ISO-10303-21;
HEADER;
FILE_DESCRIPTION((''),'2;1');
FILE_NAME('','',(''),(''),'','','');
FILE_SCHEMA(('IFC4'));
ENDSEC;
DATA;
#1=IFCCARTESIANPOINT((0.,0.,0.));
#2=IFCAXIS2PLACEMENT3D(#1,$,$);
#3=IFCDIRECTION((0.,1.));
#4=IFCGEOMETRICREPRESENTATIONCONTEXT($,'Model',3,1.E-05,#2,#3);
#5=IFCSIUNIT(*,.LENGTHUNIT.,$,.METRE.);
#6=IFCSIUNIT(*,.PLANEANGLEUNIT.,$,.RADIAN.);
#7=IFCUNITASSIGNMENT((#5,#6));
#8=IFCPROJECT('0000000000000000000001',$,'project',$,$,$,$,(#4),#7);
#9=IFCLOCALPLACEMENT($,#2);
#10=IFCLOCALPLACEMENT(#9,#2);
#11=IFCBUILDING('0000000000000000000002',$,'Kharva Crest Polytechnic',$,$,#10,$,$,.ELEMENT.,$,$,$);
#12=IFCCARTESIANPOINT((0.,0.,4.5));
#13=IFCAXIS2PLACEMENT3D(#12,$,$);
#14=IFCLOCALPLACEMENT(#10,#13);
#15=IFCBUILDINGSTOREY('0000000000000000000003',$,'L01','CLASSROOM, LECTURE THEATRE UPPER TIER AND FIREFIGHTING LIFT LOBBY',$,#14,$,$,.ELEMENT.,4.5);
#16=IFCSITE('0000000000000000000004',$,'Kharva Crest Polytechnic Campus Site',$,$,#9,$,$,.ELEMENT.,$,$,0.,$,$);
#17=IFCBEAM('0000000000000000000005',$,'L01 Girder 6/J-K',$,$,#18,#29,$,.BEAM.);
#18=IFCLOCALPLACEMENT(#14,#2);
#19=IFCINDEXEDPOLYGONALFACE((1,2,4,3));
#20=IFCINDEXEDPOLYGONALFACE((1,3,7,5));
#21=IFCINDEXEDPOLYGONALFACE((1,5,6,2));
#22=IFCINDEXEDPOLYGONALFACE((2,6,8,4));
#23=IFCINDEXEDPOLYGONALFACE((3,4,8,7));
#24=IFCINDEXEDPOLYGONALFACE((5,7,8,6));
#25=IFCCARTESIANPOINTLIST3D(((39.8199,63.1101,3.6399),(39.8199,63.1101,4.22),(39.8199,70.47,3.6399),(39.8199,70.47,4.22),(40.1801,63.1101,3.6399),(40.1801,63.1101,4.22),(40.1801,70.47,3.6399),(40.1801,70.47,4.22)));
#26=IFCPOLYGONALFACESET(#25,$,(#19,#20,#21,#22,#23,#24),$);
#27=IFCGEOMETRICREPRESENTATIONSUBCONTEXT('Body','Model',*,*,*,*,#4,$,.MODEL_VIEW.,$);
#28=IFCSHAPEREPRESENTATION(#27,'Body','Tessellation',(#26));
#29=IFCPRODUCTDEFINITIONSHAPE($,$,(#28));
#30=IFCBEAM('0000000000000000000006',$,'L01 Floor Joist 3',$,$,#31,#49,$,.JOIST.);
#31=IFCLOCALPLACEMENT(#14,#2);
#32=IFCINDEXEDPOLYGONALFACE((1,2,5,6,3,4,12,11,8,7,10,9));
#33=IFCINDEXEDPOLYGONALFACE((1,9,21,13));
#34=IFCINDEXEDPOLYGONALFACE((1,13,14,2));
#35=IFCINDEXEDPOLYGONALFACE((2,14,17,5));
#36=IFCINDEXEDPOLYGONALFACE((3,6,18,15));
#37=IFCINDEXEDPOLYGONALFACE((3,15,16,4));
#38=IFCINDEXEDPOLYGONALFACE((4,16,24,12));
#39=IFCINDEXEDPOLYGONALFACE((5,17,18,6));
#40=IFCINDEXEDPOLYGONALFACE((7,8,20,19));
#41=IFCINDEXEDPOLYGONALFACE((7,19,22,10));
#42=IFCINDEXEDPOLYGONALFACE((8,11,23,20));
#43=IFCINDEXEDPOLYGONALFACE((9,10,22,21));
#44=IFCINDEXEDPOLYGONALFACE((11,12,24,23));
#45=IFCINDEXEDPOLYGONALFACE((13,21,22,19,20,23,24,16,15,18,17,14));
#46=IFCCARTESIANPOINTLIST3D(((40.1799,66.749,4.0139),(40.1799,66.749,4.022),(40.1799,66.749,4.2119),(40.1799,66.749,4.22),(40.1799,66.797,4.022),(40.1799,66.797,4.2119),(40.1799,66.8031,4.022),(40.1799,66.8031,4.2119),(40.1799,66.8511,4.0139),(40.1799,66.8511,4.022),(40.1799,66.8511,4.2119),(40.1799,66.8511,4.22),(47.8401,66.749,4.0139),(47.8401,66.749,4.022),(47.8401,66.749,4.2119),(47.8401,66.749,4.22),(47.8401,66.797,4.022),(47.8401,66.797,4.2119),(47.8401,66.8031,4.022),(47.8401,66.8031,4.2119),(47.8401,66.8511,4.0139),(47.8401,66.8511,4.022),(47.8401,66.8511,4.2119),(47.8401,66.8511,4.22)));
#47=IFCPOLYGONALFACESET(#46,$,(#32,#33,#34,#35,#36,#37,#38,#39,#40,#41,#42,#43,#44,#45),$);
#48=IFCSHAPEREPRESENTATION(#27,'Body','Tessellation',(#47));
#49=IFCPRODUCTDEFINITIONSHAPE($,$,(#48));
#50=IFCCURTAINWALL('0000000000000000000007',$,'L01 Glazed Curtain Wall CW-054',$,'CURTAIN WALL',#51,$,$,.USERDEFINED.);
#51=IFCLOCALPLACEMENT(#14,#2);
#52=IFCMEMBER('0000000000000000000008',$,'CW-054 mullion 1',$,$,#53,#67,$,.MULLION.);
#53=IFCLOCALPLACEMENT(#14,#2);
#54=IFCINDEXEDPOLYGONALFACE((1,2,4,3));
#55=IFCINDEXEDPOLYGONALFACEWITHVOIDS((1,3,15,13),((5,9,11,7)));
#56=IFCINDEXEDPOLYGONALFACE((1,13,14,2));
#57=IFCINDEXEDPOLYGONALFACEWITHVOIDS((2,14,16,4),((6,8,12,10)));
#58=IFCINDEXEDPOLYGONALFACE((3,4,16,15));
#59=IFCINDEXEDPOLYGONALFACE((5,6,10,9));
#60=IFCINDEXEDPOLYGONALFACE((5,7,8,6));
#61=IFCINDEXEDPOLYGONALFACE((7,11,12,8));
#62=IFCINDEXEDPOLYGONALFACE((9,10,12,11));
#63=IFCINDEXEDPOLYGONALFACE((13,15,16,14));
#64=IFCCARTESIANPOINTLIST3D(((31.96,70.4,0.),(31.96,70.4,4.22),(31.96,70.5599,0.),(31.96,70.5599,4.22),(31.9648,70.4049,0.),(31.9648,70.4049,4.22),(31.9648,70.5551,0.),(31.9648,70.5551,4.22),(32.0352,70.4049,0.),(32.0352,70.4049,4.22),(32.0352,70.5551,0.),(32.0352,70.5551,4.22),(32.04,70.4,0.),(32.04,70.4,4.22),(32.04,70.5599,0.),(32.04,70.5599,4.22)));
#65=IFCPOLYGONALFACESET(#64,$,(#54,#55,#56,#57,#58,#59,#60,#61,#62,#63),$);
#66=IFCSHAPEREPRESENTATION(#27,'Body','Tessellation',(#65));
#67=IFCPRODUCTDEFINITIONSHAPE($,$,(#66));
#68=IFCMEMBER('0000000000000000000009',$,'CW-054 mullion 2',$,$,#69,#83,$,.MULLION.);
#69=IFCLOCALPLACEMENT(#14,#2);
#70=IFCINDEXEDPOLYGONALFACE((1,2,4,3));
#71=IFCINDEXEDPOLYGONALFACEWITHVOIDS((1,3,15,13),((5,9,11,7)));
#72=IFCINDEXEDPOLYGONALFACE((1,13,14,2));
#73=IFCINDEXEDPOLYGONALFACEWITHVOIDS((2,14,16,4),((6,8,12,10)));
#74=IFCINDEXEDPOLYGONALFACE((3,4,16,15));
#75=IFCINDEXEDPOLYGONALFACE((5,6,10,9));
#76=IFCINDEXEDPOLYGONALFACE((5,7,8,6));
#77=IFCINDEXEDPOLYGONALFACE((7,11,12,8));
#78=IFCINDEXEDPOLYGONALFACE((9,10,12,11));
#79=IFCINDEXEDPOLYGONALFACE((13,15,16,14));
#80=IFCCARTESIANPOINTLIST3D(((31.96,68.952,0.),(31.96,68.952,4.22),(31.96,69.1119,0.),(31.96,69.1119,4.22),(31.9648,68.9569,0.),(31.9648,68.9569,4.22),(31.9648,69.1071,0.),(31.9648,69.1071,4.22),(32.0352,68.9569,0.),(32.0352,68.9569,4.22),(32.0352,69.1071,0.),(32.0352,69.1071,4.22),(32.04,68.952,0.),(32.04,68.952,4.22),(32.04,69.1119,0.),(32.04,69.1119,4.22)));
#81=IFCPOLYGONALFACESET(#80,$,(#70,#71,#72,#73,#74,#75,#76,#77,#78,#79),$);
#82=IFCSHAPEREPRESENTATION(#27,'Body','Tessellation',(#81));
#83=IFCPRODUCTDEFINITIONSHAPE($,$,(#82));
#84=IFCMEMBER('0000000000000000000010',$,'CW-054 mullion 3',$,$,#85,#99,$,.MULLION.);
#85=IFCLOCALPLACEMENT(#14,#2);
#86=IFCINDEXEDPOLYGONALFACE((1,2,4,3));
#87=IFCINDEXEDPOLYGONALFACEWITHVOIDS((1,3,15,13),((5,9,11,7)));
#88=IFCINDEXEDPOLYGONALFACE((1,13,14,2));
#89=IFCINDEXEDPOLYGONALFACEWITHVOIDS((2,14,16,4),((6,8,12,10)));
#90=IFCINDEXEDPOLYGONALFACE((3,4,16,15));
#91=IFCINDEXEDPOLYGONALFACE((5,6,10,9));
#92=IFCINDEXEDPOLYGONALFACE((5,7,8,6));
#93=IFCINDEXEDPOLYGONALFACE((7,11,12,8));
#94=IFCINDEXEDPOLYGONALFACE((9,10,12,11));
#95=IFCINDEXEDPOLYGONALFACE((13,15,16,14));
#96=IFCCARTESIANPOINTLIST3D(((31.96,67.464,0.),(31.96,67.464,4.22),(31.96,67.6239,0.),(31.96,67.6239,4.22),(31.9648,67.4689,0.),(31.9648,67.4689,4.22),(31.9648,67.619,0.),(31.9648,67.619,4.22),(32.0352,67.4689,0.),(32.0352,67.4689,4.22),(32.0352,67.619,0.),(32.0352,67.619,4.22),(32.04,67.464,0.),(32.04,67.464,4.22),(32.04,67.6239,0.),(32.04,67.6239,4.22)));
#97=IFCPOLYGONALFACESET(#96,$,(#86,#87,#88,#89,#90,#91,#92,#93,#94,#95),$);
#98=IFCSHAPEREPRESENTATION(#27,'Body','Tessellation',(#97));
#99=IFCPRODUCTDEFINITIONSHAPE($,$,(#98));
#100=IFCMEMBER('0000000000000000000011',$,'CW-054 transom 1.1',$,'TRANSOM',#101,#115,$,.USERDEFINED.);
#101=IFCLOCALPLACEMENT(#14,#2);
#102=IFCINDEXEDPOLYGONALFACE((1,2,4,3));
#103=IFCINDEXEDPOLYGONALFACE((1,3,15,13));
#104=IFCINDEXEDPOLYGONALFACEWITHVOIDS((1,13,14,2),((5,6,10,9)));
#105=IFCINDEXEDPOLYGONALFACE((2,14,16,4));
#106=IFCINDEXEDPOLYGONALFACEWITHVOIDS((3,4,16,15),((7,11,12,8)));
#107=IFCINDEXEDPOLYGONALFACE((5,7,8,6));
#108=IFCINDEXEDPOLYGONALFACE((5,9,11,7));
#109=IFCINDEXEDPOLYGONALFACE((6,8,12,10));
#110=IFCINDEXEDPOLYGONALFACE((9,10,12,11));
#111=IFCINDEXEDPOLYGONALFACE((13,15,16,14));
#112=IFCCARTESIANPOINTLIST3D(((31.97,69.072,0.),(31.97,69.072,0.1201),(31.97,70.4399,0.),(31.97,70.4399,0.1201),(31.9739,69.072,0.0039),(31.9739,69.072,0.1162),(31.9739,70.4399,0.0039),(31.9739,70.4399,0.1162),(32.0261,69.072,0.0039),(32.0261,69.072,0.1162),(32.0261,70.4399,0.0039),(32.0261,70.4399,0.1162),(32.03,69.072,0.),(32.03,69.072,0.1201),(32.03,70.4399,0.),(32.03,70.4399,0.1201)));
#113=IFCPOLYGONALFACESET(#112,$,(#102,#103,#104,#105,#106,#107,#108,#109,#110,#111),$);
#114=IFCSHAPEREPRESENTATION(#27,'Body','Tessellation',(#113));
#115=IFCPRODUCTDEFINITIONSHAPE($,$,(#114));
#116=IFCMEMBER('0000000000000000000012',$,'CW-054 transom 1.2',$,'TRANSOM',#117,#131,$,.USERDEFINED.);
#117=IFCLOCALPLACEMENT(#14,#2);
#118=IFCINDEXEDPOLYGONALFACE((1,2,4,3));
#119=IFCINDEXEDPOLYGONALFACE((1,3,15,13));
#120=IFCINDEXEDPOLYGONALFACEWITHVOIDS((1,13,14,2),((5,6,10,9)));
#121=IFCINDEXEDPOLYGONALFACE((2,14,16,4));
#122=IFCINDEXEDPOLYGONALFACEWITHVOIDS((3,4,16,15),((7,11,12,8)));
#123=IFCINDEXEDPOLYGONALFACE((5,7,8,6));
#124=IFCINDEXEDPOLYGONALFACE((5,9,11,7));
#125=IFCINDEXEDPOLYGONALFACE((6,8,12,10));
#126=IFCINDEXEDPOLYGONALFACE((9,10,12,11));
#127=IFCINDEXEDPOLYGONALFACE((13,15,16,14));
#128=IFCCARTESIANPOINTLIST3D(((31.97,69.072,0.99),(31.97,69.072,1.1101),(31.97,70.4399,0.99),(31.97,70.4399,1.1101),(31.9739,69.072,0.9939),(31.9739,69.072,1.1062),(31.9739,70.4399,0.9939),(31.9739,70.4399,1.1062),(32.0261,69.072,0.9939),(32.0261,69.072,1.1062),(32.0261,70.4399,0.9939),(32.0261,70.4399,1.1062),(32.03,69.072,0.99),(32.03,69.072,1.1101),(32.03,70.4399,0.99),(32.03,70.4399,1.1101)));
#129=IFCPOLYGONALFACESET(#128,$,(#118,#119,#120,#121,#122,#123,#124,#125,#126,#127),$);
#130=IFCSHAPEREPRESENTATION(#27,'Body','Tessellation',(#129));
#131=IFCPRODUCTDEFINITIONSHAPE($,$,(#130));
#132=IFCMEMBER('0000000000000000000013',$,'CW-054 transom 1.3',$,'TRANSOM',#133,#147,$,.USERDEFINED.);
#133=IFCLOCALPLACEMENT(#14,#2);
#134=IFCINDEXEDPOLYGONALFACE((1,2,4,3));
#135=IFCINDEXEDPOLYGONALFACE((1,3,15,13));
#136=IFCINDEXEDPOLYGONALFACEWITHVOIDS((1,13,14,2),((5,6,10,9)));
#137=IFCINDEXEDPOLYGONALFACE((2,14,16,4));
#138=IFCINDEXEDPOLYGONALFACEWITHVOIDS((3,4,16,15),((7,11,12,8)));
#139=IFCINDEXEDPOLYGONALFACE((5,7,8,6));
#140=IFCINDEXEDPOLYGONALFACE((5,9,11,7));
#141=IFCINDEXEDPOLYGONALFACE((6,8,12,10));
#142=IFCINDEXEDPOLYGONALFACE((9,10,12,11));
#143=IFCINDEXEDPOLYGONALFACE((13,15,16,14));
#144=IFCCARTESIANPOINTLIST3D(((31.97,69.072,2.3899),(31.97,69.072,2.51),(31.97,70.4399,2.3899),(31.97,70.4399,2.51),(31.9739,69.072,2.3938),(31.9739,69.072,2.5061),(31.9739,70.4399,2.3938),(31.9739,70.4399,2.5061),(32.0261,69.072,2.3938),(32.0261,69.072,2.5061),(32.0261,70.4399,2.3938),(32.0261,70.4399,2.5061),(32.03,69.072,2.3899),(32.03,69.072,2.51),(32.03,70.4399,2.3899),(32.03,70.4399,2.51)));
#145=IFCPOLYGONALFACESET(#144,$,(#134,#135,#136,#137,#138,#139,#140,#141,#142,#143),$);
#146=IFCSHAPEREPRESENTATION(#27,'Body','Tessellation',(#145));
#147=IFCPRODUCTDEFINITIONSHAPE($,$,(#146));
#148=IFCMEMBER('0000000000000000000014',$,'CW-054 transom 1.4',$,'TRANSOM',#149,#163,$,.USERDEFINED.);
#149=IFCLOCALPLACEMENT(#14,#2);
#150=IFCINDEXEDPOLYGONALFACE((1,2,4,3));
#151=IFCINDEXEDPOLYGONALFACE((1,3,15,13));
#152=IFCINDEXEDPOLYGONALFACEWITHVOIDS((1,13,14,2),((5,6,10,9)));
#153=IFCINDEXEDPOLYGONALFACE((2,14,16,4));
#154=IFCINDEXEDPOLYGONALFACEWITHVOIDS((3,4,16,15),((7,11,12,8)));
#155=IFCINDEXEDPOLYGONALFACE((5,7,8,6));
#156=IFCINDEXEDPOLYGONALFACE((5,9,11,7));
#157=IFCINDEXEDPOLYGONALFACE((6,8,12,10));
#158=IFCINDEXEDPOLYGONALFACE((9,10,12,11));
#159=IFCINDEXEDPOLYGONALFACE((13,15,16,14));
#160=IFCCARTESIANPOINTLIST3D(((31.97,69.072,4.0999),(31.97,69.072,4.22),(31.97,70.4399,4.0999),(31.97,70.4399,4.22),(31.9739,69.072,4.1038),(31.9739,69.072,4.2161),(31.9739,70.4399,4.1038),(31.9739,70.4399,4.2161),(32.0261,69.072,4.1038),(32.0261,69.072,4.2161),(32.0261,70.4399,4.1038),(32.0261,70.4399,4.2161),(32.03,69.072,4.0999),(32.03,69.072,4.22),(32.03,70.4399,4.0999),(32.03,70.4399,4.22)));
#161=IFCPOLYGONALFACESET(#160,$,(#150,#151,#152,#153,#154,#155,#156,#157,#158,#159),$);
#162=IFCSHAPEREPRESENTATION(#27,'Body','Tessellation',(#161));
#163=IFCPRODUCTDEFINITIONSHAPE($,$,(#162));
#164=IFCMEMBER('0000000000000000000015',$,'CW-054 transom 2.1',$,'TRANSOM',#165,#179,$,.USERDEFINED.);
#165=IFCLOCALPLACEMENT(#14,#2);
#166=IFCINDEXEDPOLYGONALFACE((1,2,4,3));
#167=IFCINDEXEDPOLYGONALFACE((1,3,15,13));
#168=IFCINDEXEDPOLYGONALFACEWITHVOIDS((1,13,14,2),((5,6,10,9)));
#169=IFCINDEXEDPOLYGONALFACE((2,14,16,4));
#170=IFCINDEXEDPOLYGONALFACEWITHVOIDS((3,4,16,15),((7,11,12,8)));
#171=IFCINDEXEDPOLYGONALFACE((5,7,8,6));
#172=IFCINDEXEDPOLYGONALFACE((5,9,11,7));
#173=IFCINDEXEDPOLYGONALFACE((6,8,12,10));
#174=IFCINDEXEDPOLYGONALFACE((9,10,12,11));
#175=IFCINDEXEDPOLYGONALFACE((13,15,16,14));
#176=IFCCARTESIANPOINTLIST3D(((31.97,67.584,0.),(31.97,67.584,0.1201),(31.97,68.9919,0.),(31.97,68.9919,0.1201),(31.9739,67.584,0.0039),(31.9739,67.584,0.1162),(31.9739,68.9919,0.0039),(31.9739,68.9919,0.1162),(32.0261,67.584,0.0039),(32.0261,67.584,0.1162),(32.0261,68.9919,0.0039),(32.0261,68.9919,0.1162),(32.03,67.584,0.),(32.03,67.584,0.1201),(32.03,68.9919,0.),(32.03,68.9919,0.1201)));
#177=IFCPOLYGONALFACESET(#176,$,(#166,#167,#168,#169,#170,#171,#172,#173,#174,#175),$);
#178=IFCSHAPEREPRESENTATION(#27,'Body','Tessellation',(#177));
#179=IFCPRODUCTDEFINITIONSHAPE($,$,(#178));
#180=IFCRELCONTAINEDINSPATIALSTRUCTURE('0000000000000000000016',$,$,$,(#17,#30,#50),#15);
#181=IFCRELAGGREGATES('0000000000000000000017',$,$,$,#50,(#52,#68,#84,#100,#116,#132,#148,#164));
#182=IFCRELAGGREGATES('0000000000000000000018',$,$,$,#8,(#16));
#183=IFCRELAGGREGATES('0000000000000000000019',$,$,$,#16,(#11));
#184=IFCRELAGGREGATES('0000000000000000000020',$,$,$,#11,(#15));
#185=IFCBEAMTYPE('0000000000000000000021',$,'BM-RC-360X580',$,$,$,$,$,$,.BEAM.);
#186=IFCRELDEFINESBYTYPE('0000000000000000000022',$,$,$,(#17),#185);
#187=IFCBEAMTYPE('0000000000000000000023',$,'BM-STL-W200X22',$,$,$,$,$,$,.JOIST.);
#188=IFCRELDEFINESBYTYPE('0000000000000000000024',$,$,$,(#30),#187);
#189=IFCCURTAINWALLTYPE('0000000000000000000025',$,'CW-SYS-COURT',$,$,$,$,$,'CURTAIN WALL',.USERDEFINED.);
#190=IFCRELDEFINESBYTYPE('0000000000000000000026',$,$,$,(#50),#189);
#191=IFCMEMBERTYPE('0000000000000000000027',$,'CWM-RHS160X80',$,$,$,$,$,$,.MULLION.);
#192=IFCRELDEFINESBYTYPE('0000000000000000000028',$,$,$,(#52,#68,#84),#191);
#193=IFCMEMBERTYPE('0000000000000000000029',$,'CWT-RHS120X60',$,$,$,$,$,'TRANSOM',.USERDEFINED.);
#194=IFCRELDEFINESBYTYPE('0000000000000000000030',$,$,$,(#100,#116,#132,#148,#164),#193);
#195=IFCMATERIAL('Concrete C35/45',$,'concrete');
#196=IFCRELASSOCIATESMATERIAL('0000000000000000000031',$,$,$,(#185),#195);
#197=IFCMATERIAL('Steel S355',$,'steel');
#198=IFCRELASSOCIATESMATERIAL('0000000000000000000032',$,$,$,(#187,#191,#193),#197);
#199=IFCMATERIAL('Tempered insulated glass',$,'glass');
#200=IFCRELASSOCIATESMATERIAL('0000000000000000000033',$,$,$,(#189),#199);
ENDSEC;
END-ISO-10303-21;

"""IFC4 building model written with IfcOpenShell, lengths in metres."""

from ifc_helpers import new_model, si_unit, direction, frame, origin, origin_2d, place, context, subcontext, project, spatial, rectangle, hollow_rectangle, i_section, extrude, material, material_profile, profile_set, type_object, element, aggregate, save


model = new_model("IFC4")

# Units and contexts
model_context = context("Model", 3, precision=1e-05, world=origin(), true_north=direction((0.0, 1.0)))
body_context = subcontext(model_context, "Body", "Model", "MODEL_VIEW")
ifc_project = project(units=[si_unit("LENGTHUNIT", "METRE"), si_unit("PLANEANGLEUNIT", "RADIAN")], contexts=[model_context])

# Site, building, storey
site_placement = place(None, origin())
site = spatial("IfcSite", under=ifc_project, at=site_placement, Name="Kharva Crest Polytechnic Campus Site", CompositionType="ELEMENT", RefElevation=0.0)
building_placement = place(site_placement, origin())
building = spatial("IfcBuilding", under=site, at=building_placement, Name="Kharva Crest Polytechnic", CompositionType="ELEMENT")
storey_placement = place(building_placement, frame((0.0, 0.0, 4.5)))
storey = spatial("IfcBuildingStorey", under=building, at=storey_placement, Name="L01", Description="CLASSROOM, LECTURE THEATRE UPPER TIER AND FIREFIGHTING LIFT LOBBY", CompositionType="ELEMENT", Elevation=4.5)

# Beams
ifc_material_1 = material(Name="Concrete C35/45", Category="concrete")
ifc_material_profile_1 = material_profile(ifc_material_1, rectangle(XDim=0.3601, YDim=0.5801, at=origin_2d()), Name="RECT 360 X 580")
ifc_profile_set_1 = profile_set([ifc_material_profile_1], Name="Concrete C35/45")
beam_type_1 = type_object("IfcBeamType", Name="BM-RC-360X580", PredefinedType="BEAM", material=ifc_profile_set_1)
beam_1_placement = place(storey_placement, frame((40.0, 63.1101, 3.9299), z_axis=(0.0, 1.0, 0.0), x_axis=(-1.0, 0.0, 0.0)))
element("IfcBeam", 1, at=beam_1_placement, inside=storey, type_object=beam_type_1, Name="L01 Girder 6/J-K", PredefinedType="BEAM", context=body_context, shape_type="SweptSolid", body=[
    extrude(rectangle(XDim=0.3601, YDim=0.5801, at=origin_2d()), origin(), (0.0, 0.0, 1.0), 7.3599),
])
ifc_material_2 = material(Name="Steel S355", Category="steel")
ifc_material_profile_2 = material_profile(ifc_material_2, i_section(OverallWidth=0.1021, OverallDepth=0.2061, WebThickness=0.0061, FlangeThickness=0.0081, at=origin_2d()), Name="W200X22.5")
ifc_profile_set_2 = profile_set([ifc_material_profile_2], Name="Steel S355")
beam_type_2 = type_object("IfcBeamType", Name="BM-STL-W200X22", PredefinedType="JOIST", material=ifc_profile_set_2)
beam_2_placement = place(storey_placement, frame((40.1799, 66.8, 4.1169), z_axis=(1.0, 0.0, 0.0), x_axis=(0.0, 1.0, 0.0)))
element("IfcBeam", 2, at=beam_2_placement, inside=storey, type_object=beam_type_2, Name="L01 Floor Joist 3", PredefinedType="JOIST", context=body_context, shape_type="SweptSolid", body=[
    extrude(i_section(OverallWidth=0.1021, OverallDepth=0.2061, WebThickness=0.0061, FlangeThickness=0.0081, at=origin_2d()), origin(), (0.0, 0.0, 1.0), 7.6602),
])

# Curtain wall, members
ifc_material_3 = material(Name="Tempered insulated glass", Category="glass")
curtain_wall_type = type_object("IfcCurtainWallType", Name="CW-SYS-COURT", ElementType="CURTAIN WALL", PredefinedType="USERDEFINED", material=ifc_material_3)
curtain_wall_placement = place(storey_placement, origin())
curtain_wall = element("IfcCurtainWall", 3, at=curtain_wall_placement, inside=storey, type_object=curtain_wall_type, Name="L01 Glazed Curtain Wall CW-054", ObjectType="CURTAIN WALL", PredefinedType="USERDEFINED")
ifc_material_profile_3 = material_profile(ifc_material_2, hollow_rectangle(XDim=0.0801, YDim=0.1599, WallThickness=0.0049, at=origin_2d()), Name="RHS 160X80X5.0")
ifc_profile_set_3 = profile_set([ifc_material_profile_3], Name="Steel S355")
member_type_1 = type_object("IfcMemberType", Name="CWM-RHS160X80", PredefinedType="MULLION", material=ifc_profile_set_3)
member_1_placement = place(storey_placement, frame((32.0, 70.48, 0.0), z_axis=(0.0, 0.0, 1.0), x_axis=(1.0, 0.0, 0.0)))
member_1 = element("IfcMember", 4, at=member_1_placement, type_object=member_type_1, Name="CW-054 mullion 1", PredefinedType="MULLION", context=body_context, shape_type="SweptSolid", body=[
    extrude(hollow_rectangle(XDim=0.0801, YDim=0.1599, WallThickness=0.0049, at=origin_2d()), origin(), (0.0, 0.0, 1.0), 4.22),
])
member_2_placement = place(storey_placement, frame((32.0, 69.032, 0.0), z_axis=(0.0, 0.0, 1.0), x_axis=(1.0, 0.0, 0.0)))
member_2 = element("IfcMember", 5, at=member_2_placement, type_object=member_type_1, Name="CW-054 mullion 2", PredefinedType="MULLION", context=body_context, shape_type="SweptSolid", body=[
    extrude(hollow_rectangle(XDim=0.0801, YDim=0.1599, WallThickness=0.0049, at=origin_2d()), origin(), (0.0, 0.0, 1.0), 4.22),
])
member_3_placement = place(storey_placement, frame((32.0, 67.5439, 0.0), z_axis=(0.0, 0.0, 1.0), x_axis=(1.0, 0.0, 0.0)))
member_3 = element("IfcMember", 6, at=member_3_placement, type_object=member_type_1, Name="CW-054 mullion 3", PredefinedType="MULLION", context=body_context, shape_type="SweptSolid", body=[
    extrude(hollow_rectangle(XDim=0.0801, YDim=0.1599, WallThickness=0.0049, at=origin_2d()), origin(), (0.0, 0.0, 1.0), 4.22),
])
ifc_material_profile_4 = material_profile(ifc_material_2, hollow_rectangle(XDim=0.0601, YDim=0.1201, WallThickness=0.0039, at=origin_2d()), Name="RHS 120X60X4.0")
ifc_profile_set_4 = profile_set([ifc_material_profile_4], Name="Steel S355")
member_type_2 = type_object("IfcMemberType", Name="CWT-RHS120X60", ElementType="TRANSOM", PredefinedType="USERDEFINED", material=ifc_profile_set_4)
member_4_placement = place(storey_placement, frame((32.0, 70.4399, 0.0601), z_axis=(0.0, -1.0, 0.0), x_axis=(1.0, 0.0, 0.0)))
member_4 = element("IfcMember", 7, at=member_4_placement, type_object=member_type_2, Name="CW-054 transom 1.1", ObjectType="TRANSOM", PredefinedType="USERDEFINED", context=body_context, shape_type="SweptSolid", body=[
    extrude(hollow_rectangle(XDim=0.0601, YDim=0.1201, WallThickness=0.0039, at=origin_2d()), origin(), (0.0, 0.0, 1.0), 1.3679),
])
member_5_placement = place(storey_placement, frame((32.0, 70.4399, 1.05), z_axis=(0.0, -1.0, 0.0), x_axis=(1.0, 0.0, 0.0)))
member_5 = element("IfcMember", 8, at=member_5_placement, type_object=member_type_2, Name="CW-054 transom 1.2", ObjectType="TRANSOM", PredefinedType="USERDEFINED", context=body_context, shape_type="SweptSolid", body=[
    extrude(hollow_rectangle(XDim=0.0601, YDim=0.1201, WallThickness=0.0039, at=origin_2d()), origin(), (0.0, 0.0, 1.0), 1.3679),
])
member_6_placement = place(storey_placement, frame((32.0, 70.4399, 2.45), z_axis=(0.0, -1.0, 0.0), x_axis=(1.0, 0.0, 0.0)))
member_6 = element("IfcMember", 9, at=member_6_placement, type_object=member_type_2, Name="CW-054 transom 1.3", ObjectType="TRANSOM", PredefinedType="USERDEFINED", context=body_context, shape_type="SweptSolid", body=[
    extrude(hollow_rectangle(XDim=0.0601, YDim=0.1201, WallThickness=0.0039, at=origin_2d()), origin(), (0.0, 0.0, 1.0), 1.3679),
])
member_7_placement = place(storey_placement, frame((32.0, 70.4399, 4.1599), z_axis=(0.0, -1.0, 0.0), x_axis=(1.0, 0.0, 0.0)))
member_7 = element("IfcMember", 10, at=member_7_placement, type_object=member_type_2, Name="CW-054 transom 1.4", ObjectType="TRANSOM", PredefinedType="USERDEFINED", context=body_context, shape_type="SweptSolid", body=[
    extrude(hollow_rectangle(XDim=0.0601, YDim=0.1201, WallThickness=0.0039, at=origin_2d()), origin(), (0.0, 0.0, 1.0), 1.3679),
])
member_8_placement = place(storey_placement, frame((32.0, 68.9919, 0.0601), z_axis=(0.0, -1.0, 0.0), x_axis=(1.0, 0.0, 0.0)))
member_8 = element("IfcMember", 11, at=member_8_placement, type_object=member_type_2, Name="CW-054 transom 2.1", ObjectType="TRANSOM", PredefinedType="USERDEFINED", context=body_context, shape_type="SweptSolid", body=[
    extrude(hollow_rectangle(XDim=0.0601, YDim=0.1201, WallThickness=0.0039, at=origin_2d()), origin(), (0.0, 0.0, 1.0), 1.408),
])
aggregate(curtain_wall, [member_1, member_2, member_3, member_4, member_5, member_6, member_7, member_8])

save(model, "model.ifc")
